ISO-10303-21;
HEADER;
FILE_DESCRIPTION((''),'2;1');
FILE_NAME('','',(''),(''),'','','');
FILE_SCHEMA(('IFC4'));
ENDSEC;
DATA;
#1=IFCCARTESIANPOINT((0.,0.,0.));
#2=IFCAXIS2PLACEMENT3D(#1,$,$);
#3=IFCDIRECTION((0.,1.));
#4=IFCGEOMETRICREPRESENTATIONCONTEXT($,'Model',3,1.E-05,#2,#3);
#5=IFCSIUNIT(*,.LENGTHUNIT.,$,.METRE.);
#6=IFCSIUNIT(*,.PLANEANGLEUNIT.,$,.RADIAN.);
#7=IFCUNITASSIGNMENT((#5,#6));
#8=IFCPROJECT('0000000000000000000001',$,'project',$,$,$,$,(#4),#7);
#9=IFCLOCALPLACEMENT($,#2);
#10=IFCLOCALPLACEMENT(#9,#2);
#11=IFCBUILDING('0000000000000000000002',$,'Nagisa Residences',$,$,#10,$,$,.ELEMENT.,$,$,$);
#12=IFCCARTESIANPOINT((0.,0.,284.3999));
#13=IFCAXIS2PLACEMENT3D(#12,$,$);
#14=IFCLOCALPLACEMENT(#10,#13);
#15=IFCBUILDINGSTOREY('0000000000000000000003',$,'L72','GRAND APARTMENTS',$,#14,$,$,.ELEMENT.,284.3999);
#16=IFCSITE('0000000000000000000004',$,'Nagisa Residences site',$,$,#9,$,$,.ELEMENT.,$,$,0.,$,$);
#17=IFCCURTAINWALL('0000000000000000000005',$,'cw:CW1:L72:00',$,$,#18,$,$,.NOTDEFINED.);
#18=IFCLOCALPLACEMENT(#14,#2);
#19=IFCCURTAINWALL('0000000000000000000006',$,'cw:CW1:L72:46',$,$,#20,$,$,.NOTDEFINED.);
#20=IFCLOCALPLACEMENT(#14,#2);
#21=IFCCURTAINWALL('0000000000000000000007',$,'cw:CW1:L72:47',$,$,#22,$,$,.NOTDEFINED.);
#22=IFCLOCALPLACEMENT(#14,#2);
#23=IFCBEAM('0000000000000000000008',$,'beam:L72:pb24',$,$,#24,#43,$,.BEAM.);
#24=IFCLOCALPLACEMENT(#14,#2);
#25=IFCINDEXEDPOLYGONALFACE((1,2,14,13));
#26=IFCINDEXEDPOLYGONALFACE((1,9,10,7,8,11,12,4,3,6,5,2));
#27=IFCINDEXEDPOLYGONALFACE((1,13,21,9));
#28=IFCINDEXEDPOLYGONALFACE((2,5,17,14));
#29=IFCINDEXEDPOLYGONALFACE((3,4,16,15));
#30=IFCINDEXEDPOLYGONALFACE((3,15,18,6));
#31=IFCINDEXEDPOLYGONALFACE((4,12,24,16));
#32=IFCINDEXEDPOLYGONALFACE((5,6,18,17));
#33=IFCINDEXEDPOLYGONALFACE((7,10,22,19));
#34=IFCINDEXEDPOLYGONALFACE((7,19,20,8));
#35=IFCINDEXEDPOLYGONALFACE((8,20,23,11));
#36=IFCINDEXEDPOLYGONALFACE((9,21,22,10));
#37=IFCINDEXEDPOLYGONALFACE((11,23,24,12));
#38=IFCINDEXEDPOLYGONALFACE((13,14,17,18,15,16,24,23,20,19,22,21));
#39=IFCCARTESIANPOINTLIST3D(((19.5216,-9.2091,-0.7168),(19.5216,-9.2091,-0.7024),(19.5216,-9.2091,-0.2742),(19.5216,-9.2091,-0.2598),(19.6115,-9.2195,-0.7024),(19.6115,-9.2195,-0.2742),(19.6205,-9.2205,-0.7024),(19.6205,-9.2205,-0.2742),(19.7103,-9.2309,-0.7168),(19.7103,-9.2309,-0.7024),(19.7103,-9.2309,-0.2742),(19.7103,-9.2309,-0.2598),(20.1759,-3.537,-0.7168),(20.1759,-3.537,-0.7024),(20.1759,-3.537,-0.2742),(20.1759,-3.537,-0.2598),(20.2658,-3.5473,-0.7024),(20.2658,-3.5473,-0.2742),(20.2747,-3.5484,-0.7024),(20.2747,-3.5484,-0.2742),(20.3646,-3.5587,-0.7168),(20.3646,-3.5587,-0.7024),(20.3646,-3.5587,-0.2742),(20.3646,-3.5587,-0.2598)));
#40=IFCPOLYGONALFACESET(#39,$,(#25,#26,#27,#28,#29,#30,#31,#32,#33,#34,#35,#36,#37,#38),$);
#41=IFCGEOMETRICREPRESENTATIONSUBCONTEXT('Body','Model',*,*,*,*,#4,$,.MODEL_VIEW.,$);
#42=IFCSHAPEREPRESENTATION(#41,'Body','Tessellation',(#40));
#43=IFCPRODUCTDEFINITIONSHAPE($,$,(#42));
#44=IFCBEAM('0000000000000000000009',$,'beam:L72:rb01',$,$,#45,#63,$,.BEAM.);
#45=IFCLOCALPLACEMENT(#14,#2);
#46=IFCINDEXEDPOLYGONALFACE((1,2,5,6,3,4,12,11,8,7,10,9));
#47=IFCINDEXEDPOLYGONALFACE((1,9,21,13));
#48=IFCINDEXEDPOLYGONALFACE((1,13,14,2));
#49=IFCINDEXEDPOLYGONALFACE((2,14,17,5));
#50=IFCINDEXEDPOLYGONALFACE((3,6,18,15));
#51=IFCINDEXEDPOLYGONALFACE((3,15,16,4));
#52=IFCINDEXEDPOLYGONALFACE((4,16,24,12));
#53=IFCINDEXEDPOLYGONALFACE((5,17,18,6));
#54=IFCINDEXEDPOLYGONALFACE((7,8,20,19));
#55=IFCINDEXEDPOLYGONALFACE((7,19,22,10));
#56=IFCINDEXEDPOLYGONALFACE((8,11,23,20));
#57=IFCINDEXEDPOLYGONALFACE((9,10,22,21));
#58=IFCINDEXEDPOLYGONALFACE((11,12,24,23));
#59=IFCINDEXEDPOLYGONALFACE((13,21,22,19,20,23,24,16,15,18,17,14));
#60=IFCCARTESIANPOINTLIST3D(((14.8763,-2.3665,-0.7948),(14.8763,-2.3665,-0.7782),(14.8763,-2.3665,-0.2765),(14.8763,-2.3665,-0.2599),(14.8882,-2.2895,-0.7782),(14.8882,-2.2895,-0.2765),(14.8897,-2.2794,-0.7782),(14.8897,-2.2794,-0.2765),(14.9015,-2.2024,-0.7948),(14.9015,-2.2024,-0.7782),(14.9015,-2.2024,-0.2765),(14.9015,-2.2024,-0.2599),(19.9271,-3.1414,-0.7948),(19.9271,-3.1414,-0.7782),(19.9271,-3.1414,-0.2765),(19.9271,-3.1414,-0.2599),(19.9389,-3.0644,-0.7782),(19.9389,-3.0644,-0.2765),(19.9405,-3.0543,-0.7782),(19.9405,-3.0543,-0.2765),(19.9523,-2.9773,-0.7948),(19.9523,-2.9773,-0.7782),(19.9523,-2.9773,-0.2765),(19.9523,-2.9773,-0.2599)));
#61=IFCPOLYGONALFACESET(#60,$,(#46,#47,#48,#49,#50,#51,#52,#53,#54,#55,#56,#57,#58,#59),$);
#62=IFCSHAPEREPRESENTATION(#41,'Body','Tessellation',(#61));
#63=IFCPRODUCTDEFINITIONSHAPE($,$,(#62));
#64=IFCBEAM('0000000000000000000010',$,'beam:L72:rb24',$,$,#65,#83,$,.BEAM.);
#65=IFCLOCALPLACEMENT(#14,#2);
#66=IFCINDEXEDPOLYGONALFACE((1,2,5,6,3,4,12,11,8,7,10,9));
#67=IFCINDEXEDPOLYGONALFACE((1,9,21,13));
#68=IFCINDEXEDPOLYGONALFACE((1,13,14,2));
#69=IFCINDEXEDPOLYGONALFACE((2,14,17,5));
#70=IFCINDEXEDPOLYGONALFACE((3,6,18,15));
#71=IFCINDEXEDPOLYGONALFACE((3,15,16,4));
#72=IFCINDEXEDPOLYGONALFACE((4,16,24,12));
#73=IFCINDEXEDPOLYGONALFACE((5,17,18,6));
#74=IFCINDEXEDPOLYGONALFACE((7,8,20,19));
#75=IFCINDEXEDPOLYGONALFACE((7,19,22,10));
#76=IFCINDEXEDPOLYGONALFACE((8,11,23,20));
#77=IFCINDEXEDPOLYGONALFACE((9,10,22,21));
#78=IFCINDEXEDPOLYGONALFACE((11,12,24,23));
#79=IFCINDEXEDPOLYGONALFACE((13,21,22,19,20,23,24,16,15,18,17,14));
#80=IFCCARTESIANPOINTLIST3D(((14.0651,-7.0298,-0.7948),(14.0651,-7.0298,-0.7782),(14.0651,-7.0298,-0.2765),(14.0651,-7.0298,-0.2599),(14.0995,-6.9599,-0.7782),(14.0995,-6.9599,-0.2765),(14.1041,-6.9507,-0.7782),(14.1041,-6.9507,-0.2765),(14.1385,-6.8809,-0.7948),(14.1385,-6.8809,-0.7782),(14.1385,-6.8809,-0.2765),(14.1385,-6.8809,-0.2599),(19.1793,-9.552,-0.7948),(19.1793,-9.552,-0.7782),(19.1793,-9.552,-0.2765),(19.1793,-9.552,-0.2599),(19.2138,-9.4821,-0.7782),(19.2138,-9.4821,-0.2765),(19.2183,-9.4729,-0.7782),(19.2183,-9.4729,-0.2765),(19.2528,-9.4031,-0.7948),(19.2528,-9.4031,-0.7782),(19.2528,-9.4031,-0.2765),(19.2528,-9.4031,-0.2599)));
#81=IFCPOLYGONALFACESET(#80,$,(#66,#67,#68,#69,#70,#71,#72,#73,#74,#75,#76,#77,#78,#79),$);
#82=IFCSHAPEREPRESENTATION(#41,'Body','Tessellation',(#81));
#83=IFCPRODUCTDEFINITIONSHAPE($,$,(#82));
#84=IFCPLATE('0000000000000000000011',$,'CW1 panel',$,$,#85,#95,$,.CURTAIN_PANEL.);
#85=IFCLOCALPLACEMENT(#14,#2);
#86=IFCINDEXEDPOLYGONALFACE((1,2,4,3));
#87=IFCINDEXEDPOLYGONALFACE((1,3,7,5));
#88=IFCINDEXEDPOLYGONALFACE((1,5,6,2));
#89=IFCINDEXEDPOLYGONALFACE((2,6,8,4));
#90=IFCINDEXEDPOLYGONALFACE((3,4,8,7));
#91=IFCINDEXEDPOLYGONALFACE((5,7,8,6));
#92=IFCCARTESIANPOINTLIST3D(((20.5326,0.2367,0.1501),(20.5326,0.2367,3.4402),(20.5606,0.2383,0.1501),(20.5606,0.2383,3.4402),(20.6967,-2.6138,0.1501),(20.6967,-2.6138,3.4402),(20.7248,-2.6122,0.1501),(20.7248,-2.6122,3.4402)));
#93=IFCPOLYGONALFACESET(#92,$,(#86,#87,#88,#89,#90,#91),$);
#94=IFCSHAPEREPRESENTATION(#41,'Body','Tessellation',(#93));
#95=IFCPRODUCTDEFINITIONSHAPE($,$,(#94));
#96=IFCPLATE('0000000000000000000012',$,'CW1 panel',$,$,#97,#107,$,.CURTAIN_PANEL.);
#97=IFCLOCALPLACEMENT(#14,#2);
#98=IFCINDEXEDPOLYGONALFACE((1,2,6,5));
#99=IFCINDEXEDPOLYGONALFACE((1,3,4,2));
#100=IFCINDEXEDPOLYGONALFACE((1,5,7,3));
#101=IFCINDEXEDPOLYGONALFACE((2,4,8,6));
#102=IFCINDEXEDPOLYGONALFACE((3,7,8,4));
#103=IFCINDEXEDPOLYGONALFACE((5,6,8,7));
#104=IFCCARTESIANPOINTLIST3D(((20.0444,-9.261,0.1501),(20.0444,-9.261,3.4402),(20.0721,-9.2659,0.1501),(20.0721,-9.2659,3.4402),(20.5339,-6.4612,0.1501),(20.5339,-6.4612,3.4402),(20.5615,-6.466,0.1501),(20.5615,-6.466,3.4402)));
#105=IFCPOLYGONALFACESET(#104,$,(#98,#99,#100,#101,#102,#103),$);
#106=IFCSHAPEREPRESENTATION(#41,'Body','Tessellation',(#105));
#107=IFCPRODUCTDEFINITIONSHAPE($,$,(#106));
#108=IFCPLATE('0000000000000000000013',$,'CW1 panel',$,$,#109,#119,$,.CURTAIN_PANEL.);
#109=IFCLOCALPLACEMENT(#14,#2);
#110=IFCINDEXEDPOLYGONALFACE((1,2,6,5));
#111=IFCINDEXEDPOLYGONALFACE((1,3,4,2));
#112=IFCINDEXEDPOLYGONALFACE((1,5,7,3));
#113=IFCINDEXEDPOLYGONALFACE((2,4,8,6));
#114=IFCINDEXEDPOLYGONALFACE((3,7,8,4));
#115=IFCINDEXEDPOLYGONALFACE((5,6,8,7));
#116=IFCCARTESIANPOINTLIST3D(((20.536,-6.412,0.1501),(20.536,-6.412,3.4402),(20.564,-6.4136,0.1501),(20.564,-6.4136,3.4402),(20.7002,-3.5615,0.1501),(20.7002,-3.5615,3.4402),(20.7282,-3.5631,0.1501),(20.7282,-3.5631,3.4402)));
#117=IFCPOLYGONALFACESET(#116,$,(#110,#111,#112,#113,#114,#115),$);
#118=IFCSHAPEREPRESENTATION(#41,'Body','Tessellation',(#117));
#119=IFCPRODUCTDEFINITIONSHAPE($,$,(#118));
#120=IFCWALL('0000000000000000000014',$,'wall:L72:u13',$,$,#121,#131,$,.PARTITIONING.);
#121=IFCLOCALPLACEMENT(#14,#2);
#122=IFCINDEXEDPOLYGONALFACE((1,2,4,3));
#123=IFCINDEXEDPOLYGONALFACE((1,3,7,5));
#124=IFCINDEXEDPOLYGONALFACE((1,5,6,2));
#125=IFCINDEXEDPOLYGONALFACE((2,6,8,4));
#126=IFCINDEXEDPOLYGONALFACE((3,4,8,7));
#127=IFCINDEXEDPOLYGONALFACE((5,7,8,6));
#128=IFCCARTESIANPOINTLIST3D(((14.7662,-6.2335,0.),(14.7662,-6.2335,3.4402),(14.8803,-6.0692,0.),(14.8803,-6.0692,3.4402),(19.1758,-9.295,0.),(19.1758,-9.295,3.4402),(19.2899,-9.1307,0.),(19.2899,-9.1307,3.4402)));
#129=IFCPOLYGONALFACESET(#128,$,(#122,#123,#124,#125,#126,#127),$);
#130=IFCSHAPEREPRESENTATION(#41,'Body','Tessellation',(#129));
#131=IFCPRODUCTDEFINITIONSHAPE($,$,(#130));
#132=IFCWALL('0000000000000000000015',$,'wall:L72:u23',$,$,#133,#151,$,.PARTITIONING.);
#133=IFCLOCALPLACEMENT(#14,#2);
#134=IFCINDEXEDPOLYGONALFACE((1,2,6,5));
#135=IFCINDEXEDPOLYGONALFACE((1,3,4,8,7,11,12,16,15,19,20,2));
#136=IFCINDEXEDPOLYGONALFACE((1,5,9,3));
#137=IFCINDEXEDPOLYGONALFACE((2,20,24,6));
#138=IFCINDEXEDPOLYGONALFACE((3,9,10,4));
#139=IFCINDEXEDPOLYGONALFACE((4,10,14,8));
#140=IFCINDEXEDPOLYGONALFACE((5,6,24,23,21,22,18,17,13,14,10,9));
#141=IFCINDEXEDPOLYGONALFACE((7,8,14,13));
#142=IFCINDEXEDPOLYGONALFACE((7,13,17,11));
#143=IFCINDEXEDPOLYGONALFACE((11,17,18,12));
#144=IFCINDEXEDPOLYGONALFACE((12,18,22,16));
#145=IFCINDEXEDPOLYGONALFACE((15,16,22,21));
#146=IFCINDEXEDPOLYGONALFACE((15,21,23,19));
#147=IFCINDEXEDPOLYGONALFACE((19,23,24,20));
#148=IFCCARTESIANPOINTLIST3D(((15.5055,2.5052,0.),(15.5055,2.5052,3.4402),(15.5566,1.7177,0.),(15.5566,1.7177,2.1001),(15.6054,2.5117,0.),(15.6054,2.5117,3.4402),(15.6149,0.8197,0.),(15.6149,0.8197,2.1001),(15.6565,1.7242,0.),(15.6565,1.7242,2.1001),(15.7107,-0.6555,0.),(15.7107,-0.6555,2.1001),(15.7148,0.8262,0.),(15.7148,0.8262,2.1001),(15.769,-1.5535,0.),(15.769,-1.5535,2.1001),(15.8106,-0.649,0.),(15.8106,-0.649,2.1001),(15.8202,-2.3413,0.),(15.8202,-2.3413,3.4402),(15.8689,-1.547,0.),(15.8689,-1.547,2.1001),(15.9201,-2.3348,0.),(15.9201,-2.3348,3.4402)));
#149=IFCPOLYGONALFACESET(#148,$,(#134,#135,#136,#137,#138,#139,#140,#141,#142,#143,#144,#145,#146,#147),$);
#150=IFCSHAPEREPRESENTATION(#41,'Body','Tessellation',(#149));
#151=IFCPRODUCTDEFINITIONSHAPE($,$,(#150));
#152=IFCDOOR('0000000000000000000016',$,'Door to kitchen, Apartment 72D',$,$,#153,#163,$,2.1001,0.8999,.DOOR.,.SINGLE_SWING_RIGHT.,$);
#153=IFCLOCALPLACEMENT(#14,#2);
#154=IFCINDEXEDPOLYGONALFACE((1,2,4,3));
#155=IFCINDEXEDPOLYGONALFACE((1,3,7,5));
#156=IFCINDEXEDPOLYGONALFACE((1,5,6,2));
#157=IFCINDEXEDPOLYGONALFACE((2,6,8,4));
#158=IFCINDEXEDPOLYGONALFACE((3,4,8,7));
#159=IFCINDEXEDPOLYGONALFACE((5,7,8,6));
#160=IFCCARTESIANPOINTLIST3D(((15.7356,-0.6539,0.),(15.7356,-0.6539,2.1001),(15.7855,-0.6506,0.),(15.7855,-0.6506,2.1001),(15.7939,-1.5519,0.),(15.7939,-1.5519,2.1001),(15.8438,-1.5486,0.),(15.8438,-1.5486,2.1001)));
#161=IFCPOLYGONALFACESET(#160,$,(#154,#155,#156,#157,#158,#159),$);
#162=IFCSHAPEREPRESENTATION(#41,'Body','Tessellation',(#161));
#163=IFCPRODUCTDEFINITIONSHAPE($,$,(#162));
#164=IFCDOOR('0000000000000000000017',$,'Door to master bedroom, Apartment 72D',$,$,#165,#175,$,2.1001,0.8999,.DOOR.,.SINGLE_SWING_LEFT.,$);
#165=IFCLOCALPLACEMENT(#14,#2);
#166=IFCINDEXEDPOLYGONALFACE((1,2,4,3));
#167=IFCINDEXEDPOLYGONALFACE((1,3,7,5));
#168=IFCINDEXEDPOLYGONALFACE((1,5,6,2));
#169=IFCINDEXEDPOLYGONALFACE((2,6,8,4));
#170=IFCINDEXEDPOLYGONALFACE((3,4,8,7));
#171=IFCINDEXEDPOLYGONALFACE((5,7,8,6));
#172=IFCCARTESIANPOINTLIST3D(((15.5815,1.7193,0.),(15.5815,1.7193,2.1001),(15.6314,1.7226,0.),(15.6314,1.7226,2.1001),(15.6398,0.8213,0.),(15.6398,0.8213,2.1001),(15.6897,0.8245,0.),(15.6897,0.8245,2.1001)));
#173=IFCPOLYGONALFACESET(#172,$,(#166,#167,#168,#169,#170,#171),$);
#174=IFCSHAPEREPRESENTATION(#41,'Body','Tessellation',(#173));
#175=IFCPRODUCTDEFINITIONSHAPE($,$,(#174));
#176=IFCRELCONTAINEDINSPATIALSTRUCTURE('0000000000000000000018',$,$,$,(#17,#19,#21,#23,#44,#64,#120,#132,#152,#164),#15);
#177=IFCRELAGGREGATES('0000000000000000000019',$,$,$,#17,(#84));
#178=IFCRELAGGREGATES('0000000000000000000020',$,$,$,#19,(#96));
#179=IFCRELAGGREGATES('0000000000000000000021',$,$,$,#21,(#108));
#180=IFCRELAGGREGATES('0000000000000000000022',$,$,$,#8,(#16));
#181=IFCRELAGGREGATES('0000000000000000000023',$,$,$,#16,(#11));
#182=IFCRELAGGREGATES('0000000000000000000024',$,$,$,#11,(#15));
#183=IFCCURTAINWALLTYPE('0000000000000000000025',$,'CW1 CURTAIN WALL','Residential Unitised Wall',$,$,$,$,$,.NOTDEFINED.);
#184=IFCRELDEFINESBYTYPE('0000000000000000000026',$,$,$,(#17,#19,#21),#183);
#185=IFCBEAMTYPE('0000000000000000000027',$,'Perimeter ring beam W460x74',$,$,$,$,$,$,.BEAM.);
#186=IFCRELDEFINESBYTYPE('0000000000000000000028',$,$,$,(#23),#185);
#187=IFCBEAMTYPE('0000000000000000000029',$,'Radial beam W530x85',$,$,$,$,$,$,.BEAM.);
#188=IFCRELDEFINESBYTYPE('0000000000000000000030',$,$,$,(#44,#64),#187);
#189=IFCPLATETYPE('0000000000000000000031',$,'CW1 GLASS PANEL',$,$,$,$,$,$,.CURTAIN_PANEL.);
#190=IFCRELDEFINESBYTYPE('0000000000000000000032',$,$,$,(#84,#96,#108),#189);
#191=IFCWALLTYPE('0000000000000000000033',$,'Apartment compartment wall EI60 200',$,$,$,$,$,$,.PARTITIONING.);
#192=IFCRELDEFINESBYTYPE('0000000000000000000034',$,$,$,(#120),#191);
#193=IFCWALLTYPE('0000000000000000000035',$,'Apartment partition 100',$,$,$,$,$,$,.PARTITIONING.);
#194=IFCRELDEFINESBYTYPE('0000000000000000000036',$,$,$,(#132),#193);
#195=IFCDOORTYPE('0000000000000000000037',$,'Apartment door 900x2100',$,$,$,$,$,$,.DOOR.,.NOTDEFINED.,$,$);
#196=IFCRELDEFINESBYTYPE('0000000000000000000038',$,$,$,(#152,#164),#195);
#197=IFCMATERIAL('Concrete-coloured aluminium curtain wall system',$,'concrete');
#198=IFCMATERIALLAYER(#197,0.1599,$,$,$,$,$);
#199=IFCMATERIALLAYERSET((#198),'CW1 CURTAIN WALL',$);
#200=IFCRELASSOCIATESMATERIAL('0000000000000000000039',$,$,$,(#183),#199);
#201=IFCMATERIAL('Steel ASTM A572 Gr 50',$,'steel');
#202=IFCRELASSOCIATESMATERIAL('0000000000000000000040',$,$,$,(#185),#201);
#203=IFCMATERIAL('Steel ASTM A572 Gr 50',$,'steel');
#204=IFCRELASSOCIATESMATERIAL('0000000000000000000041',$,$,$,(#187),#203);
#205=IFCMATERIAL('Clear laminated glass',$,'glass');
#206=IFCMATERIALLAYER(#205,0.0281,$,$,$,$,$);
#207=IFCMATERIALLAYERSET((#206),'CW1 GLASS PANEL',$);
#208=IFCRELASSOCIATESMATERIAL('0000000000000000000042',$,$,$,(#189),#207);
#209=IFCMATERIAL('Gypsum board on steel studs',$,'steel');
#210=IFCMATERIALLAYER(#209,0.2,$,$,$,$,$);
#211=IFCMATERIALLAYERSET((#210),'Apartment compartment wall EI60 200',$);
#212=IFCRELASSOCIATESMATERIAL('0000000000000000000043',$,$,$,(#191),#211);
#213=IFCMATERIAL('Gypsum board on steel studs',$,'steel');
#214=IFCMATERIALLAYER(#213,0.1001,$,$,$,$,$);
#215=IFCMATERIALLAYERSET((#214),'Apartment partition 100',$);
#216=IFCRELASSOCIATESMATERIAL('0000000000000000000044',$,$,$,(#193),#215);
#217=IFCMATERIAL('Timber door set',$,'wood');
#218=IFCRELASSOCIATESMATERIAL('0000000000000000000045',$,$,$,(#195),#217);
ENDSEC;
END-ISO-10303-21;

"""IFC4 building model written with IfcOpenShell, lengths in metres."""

from ifc_helpers import new_model, si_unit, direction, frame, frame_2d, origin, origin_2d, place, context, subcontext, project, spatial, rectangle, i_section, extrude, material, layer, layer_set, material_profile, profile_set, type_object, element, fill, aggregate, save


model = new_model("IFC4")

# Units and contexts
model_context = context("Model", 3, precision=1e-05, world=origin(), true_north=direction((0.0, 1.0)))
body_context = subcontext(model_context, "Body", "Model", "MODEL_VIEW")
ifc_project = project(units=[si_unit("LENGTHUNIT", "METRE"), si_unit("PLANEANGLEUNIT", "RADIAN")], contexts=[model_context])

# Site, building, storey
site_placement = place(None, origin())
site = spatial("IfcSite", under=ifc_project, at=site_placement, Name="Nagisa Residences site", CompositionType="ELEMENT", RefElevation=0.0)
building_placement = place(site_placement, origin())
building = spatial("IfcBuilding", under=site, at=building_placement, Name="Nagisa Residences", CompositionType="ELEMENT")
storey_placement = place(building_placement, frame((0.0, 0.0, 284.3999)))
storey = spatial("IfcBuildingStorey", under=building, at=storey_placement, Name="L72", Description="GRAND APARTMENTS", CompositionType="ELEMENT", Elevation=284.3999)

# Curtain walls
ifc_material_1 = material(Name="Concrete-coloured aluminium curtain wall system", Category="concrete")
ifc_layer_1 = layer(ifc_material_1, 0.1599)
ifc_layer_set_1 = layer_set([ifc_layer_1], Name="CW1 CURTAIN WALL")
curtain_wall_type = type_object("IfcCurtainWallType", Name="CW1 CURTAIN WALL", Description="Residential Unitised Wall", PredefinedType="NOTDEFINED", material=ifc_layer_set_1)
curtain_wall_1_placement = place(storey_placement, origin())
curtain_wall_1 = element("IfcCurtainWall", 1, at=curtain_wall_1_placement, inside=storey, type_object=curtain_wall_type, Name="cw:CW1:L72:00", PredefinedType="NOTDEFINED")
curtain_wall_2_placement = place(storey_placement, origin())
curtain_wall_2 = element("IfcCurtainWall", 2, at=curtain_wall_2_placement, inside=storey, type_object=curtain_wall_type, Name="cw:CW1:L72:46", PredefinedType="NOTDEFINED")
curtain_wall_3_placement = place(storey_placement, origin())
curtain_wall_3 = element("IfcCurtainWall", 3, at=curtain_wall_3_placement, inside=storey, type_object=curtain_wall_type, Name="cw:CW1:L72:47", PredefinedType="NOTDEFINED")

# Beams
ifc_material_2 = material(Name="Steel ASTM A572 Gr 50", Category="steel")
ifc_material_profile_1 = material_profile(ifc_material_2, i_section(OverallWidth=0.1899, OverallDepth=0.457, WebThickness=0.009, FlangeThickness=0.0144, at=origin_2d()), Name="W460x74")
ifc_profile_set_1 = profile_set([ifc_material_profile_1], Name="Steel ASTM A572 Gr 50")
beam_type_1 = type_object("IfcBeamType", Name="Perimeter ring beam W460x74", PredefinedType="BEAM", material=ifc_profile_set_1)
for number, where, z_axis, x_axis, name in (
    (4, (19.616, -9.22, -0.4883), (0.114593, 0.993412, 0.0), (-0.993412, 0.114593, 0.0), "beam:L72:pb24"),
):
    element("IfcBeam", number, at=place(storey_placement, frame(where, z_axis=z_axis, x_axis=x_axis)), inside=storey, type_object=beam_type_1, Name=name, PredefinedType="BEAM", context=body_context, shape_type="SweptSolid", body=[
        extrude(i_section(OverallWidth=0.1899, OverallDepth=0.457, WebThickness=0.009, FlangeThickness=0.0144, at=origin_2d()), origin(), (0.0, 0.0, 1.0), 5.7097),
    ])
ifc_material_3 = material(Name="Steel ASTM A572 Gr 50", Category="steel")
ifc_material_profile_2 = material_profile(ifc_material_3, i_section(OverallWidth=0.166, OverallDepth=0.5349, WebThickness=0.0103, FlangeThickness=0.0166, at=origin_2d()), Name="W530x85")
ifc_profile_set_2 = profile_set([ifc_material_profile_2], Name="Steel ASTM A572 Gr 50")
beam_type_2 = type_object("IfcBeamType", Name="Radial beam W530x85", PredefinedType="BEAM", material=ifc_profile_set_2)
beam_1_placement = place(storey_placement, frame((19.9397, -3.0593, -0.5273), z_axis=(-0.988435, 0.151648, 0.0), x_axis=(-0.151648, -0.988435, 0.0)))
element("IfcBeam", 5, at=beam_1_placement, inside=storey, type_object=beam_type_2, Name="beam:L72:rb01", PredefinedType="BEAM", context=body_context, shape_type="SweptSolid", body=[
    extrude(i_section(OverallWidth=0.166, OverallDepth=0.5349, WebThickness=0.0103, FlangeThickness=0.0166, at=origin_2d()), origin(), (0.0, 0.0, 1.0), 5.1099),
])
beam_2_placement = place(storey_placement, frame((19.2161, -9.4775, -0.5273), z_axis=(-0.896863, 0.442309, 0.0), x_axis=(-0.442309, -0.896863, 0.0)))
element("IfcBeam", 6, at=beam_2_placement, inside=storey, type_object=beam_type_2, Name="beam:L72:rb24", PredefinedType="BEAM", context=body_context, shape_type="SweptSolid", body=[
    extrude(i_section(OverallWidth=0.166, OverallDepth=0.5349, WebThickness=0.0103, FlangeThickness=0.0166, at=origin_2d()), origin(), (0.0, 0.0, 1.0), 5.7024),
])

# Plates
ifc_material_4 = material(Name="Clear laminated glass", Category="glass")
ifc_layer_2 = layer(ifc_material_4, 0.0281)
ifc_layer_set_2 = layer_set([ifc_layer_2], Name="CW1 GLASS PANEL")
plate_type = type_object("IfcPlateType", Name="CW1 GLASS PANEL", PredefinedType="CURTAIN_PANEL", material=ifc_layer_set_2)
plate_1_placement = place(storey_placement, frame((20.6287, -1.1877, 0.1501), z_axis=(0.0, 0.0, 1.0), x_axis=(-0.057503, 0.998345, 0.0)))
plate_1 = element("IfcPlate", 7, at=plate_1_placement, type_object=plate_type, Name="CW1 panel", PredefinedType="CURTAIN_PANEL", context=body_context, shape_type="SweptSolid", body=[
    extrude(rectangle(XDim=2.8552, YDim=0.0281, at=origin_2d()), origin(), (0.0, 0.0, 1.0), 3.29),
])
aggregate(curtain_wall_1, [plate_1])
plate_2_placement = place(storey_placement, frame((20.303, -7.8635, 0.1501), z_axis=(0.0, 0.0, 1.0), x_axis=(0.172191, 0.985064, 0.0)))
plate_2 = element("IfcPlate", 8, at=plate_2_placement, type_object=plate_type, Name="CW1 panel", PredefinedType="CURTAIN_PANEL", context=body_context, shape_type="SweptSolid", body=[
    extrude(rectangle(XDim=2.8423, YDim=0.0281, at=origin_2d()), origin(), (0.0, 0.0, 1.0), 3.29),
])
aggregate(curtain_wall_2, [plate_2])
plate_3_placement = place(storey_placement, frame((20.6321, -4.9875, 0.1501), z_axis=(0.0, 0.0, 1.0), x_axis=(0.057503, 0.998345, 0.0)))
plate_3 = element("IfcPlate", 9, at=plate_3_placement, type_object=plate_type, Name="CW1 panel", PredefinedType="CURTAIN_PANEL", context=body_context, shape_type="SweptSolid", body=[
    extrude(rectangle(XDim=2.8552, YDim=0.0281, at=origin_2d()), origin(), (0.0, 0.0, 1.0), 3.29),
])
aggregate(curtain_wall_3, [plate_3])

# Wall
ifc_material_5 = material(Name="Gypsum board on steel studs", Category="steel")
ifc_layer_3 = layer(ifc_material_5, 0.2)
ifc_layer_set_3 = layer_set([ifc_layer_3], Name="Apartment compartment wall EI60 200")
wall_type_1 = type_object("IfcWallType", Name="Apartment compartment wall EI60 200", PredefinedType="PARTITIONING", material=ifc_layer_set_3)
wall_1_placement = place(storey_placement, frame((14.8232, -6.1514, 0.0), z_axis=(0.0, 0.0, 1.0), x_axis=(0.821435, -0.570302, 0.0)))
element("IfcWall", 10, at=wall_1_placement, inside=storey, type_object=wall_type_1, Name="wall:L72:u13", PredefinedType="PARTITIONING", context=body_context, shape_type="SweptSolid", body=[
    extrude(rectangle(XDim=5.3682, YDim=0.2, at=frame_2d((2.6841, 0.0))), origin(), (0.0, 0.0, 1.0), 3.4402),
])

# Wall, openings, doors
ifc_material_6 = material(Name="Gypsum board on steel studs", Category="steel")
ifc_layer_4 = layer(ifc_material_6, 0.1001)
ifc_layer_set_4 = layer_set([ifc_layer_4], Name="Apartment partition 100")
wall_type_2 = type_object("IfcWallType", Name="Apartment partition 100", PredefinedType="PARTITIONING", material=ifc_layer_set_4)
wall_2_placement = place(storey_placement, frame((15.8701, -2.3379, 0.0), z_axis=(0.0, 0.0, 1.0), x_axis=(-0.064797, 0.997898, 0.0)))
wall_2 = element("IfcWall", 11, at=wall_2_placement, inside=storey, type_object=wall_type_2, Name="wall:L72:u23", PredefinedType="PARTITIONING", context=body_context, shape_type="SweptSolid", body=[
    extrude(rectangle(XDim=4.8567, YDim=0.1001, at=frame_2d((2.4282, 0.0))), origin(), (0.0, 0.0, 1.0), 3.4402),
])
opening_1_placement = place(wall_2_placement, frame((0.7893, 0.0, 0.0)))
opening_1 = element("IfcOpeningElement", 12, at=opening_1_placement, cuts=wall_2, PredefinedType="OPENING", context=body_context, shape_type="SweptSolid", body=[
    extrude(rectangle(XDim=0.8999, YDim=2.1001, at=frame_2d((0.45, 1.05))), frame((0.0, 0.0601, 0.0), z_axis=(0.0, -1.0, 0.0), x_axis=(1.0, 0.0, 0.0)), (0.0, 0.0, 1.0), 0.1201),
])
opening_2_placement = place(wall_2_placement, frame((3.1675, 0.0, 0.0)))
opening_2 = element("IfcOpeningElement", 13, at=opening_2_placement, cuts=wall_2, PredefinedType="OPENING", context=body_context, shape_type="SweptSolid", body=[
    extrude(rectangle(XDim=0.8999, YDim=2.1001, at=frame_2d((0.45, 1.05))), frame((0.0, 0.0601, 0.0), z_axis=(0.0, -1.0, 0.0), x_axis=(1.0, 0.0, 0.0)), (0.0, 0.0, 1.0), 0.1201),
])
ifc_material_7 = material(Name="Timber door set", Category="wood")
door_type_1 = type_object("IfcDoorType", Name="Apartment door 900x2100", OperationType="NOTDEFINED", PredefinedType="DOOR", material=ifc_material_7)
door_1_placement = place(opening_1_placement, frame((0.8999, 0.0, 0.0), x_axis=(-1.0, 0.0, 0.0)))
door_1 = element("IfcDoor", 14, at=door_1_placement, inside=storey, type_object=door_type_1, Name="Door to kitchen, Apartment 72D", OperationType="SINGLE_SWING_RIGHT", OverallHeight=2.1001, OverallWidth=0.8999, PredefinedType="DOOR", context=body_context, shape_type="SweptSolid", body=[
    extrude(rectangle(XDim=0.8999, YDim=2.1001, at=frame_2d((0.45, 1.05))), frame((0.0, 0.0249, 0.0), z_axis=(0.0, -1.0, 0.0), x_axis=(1.0, 0.0, 0.0)), (0.0, 0.0, 1.0), 0.05),
])
fill(opening_1, door_1)
door_2_placement = place(opening_2_placement, frame((0.8999, 0.0, 0.0), x_axis=(-1.0, 0.0, 0.0)))
door_2 = element("IfcDoor", 15, at=door_2_placement, inside=storey, type_object=door_type_1, Name="Door to master bedroom, Apartment 72D", OperationType="SINGLE_SWING_LEFT", OverallHeight=2.1001, OverallWidth=0.8999, PredefinedType="DOOR", context=body_context, shape_type="SweptSolid", body=[
    extrude(rectangle(XDim=0.8999, YDim=2.1001, at=frame_2d((0.45, 1.05))), frame((0.0, 0.0249, 0.0), z_axis=(0.0, -1.0, 0.0), x_axis=(1.0, 0.0, 0.0)), (0.0, 0.0, 1.0), 0.05),
])
fill(opening_2, door_2)

save(model, "model.ifc")
